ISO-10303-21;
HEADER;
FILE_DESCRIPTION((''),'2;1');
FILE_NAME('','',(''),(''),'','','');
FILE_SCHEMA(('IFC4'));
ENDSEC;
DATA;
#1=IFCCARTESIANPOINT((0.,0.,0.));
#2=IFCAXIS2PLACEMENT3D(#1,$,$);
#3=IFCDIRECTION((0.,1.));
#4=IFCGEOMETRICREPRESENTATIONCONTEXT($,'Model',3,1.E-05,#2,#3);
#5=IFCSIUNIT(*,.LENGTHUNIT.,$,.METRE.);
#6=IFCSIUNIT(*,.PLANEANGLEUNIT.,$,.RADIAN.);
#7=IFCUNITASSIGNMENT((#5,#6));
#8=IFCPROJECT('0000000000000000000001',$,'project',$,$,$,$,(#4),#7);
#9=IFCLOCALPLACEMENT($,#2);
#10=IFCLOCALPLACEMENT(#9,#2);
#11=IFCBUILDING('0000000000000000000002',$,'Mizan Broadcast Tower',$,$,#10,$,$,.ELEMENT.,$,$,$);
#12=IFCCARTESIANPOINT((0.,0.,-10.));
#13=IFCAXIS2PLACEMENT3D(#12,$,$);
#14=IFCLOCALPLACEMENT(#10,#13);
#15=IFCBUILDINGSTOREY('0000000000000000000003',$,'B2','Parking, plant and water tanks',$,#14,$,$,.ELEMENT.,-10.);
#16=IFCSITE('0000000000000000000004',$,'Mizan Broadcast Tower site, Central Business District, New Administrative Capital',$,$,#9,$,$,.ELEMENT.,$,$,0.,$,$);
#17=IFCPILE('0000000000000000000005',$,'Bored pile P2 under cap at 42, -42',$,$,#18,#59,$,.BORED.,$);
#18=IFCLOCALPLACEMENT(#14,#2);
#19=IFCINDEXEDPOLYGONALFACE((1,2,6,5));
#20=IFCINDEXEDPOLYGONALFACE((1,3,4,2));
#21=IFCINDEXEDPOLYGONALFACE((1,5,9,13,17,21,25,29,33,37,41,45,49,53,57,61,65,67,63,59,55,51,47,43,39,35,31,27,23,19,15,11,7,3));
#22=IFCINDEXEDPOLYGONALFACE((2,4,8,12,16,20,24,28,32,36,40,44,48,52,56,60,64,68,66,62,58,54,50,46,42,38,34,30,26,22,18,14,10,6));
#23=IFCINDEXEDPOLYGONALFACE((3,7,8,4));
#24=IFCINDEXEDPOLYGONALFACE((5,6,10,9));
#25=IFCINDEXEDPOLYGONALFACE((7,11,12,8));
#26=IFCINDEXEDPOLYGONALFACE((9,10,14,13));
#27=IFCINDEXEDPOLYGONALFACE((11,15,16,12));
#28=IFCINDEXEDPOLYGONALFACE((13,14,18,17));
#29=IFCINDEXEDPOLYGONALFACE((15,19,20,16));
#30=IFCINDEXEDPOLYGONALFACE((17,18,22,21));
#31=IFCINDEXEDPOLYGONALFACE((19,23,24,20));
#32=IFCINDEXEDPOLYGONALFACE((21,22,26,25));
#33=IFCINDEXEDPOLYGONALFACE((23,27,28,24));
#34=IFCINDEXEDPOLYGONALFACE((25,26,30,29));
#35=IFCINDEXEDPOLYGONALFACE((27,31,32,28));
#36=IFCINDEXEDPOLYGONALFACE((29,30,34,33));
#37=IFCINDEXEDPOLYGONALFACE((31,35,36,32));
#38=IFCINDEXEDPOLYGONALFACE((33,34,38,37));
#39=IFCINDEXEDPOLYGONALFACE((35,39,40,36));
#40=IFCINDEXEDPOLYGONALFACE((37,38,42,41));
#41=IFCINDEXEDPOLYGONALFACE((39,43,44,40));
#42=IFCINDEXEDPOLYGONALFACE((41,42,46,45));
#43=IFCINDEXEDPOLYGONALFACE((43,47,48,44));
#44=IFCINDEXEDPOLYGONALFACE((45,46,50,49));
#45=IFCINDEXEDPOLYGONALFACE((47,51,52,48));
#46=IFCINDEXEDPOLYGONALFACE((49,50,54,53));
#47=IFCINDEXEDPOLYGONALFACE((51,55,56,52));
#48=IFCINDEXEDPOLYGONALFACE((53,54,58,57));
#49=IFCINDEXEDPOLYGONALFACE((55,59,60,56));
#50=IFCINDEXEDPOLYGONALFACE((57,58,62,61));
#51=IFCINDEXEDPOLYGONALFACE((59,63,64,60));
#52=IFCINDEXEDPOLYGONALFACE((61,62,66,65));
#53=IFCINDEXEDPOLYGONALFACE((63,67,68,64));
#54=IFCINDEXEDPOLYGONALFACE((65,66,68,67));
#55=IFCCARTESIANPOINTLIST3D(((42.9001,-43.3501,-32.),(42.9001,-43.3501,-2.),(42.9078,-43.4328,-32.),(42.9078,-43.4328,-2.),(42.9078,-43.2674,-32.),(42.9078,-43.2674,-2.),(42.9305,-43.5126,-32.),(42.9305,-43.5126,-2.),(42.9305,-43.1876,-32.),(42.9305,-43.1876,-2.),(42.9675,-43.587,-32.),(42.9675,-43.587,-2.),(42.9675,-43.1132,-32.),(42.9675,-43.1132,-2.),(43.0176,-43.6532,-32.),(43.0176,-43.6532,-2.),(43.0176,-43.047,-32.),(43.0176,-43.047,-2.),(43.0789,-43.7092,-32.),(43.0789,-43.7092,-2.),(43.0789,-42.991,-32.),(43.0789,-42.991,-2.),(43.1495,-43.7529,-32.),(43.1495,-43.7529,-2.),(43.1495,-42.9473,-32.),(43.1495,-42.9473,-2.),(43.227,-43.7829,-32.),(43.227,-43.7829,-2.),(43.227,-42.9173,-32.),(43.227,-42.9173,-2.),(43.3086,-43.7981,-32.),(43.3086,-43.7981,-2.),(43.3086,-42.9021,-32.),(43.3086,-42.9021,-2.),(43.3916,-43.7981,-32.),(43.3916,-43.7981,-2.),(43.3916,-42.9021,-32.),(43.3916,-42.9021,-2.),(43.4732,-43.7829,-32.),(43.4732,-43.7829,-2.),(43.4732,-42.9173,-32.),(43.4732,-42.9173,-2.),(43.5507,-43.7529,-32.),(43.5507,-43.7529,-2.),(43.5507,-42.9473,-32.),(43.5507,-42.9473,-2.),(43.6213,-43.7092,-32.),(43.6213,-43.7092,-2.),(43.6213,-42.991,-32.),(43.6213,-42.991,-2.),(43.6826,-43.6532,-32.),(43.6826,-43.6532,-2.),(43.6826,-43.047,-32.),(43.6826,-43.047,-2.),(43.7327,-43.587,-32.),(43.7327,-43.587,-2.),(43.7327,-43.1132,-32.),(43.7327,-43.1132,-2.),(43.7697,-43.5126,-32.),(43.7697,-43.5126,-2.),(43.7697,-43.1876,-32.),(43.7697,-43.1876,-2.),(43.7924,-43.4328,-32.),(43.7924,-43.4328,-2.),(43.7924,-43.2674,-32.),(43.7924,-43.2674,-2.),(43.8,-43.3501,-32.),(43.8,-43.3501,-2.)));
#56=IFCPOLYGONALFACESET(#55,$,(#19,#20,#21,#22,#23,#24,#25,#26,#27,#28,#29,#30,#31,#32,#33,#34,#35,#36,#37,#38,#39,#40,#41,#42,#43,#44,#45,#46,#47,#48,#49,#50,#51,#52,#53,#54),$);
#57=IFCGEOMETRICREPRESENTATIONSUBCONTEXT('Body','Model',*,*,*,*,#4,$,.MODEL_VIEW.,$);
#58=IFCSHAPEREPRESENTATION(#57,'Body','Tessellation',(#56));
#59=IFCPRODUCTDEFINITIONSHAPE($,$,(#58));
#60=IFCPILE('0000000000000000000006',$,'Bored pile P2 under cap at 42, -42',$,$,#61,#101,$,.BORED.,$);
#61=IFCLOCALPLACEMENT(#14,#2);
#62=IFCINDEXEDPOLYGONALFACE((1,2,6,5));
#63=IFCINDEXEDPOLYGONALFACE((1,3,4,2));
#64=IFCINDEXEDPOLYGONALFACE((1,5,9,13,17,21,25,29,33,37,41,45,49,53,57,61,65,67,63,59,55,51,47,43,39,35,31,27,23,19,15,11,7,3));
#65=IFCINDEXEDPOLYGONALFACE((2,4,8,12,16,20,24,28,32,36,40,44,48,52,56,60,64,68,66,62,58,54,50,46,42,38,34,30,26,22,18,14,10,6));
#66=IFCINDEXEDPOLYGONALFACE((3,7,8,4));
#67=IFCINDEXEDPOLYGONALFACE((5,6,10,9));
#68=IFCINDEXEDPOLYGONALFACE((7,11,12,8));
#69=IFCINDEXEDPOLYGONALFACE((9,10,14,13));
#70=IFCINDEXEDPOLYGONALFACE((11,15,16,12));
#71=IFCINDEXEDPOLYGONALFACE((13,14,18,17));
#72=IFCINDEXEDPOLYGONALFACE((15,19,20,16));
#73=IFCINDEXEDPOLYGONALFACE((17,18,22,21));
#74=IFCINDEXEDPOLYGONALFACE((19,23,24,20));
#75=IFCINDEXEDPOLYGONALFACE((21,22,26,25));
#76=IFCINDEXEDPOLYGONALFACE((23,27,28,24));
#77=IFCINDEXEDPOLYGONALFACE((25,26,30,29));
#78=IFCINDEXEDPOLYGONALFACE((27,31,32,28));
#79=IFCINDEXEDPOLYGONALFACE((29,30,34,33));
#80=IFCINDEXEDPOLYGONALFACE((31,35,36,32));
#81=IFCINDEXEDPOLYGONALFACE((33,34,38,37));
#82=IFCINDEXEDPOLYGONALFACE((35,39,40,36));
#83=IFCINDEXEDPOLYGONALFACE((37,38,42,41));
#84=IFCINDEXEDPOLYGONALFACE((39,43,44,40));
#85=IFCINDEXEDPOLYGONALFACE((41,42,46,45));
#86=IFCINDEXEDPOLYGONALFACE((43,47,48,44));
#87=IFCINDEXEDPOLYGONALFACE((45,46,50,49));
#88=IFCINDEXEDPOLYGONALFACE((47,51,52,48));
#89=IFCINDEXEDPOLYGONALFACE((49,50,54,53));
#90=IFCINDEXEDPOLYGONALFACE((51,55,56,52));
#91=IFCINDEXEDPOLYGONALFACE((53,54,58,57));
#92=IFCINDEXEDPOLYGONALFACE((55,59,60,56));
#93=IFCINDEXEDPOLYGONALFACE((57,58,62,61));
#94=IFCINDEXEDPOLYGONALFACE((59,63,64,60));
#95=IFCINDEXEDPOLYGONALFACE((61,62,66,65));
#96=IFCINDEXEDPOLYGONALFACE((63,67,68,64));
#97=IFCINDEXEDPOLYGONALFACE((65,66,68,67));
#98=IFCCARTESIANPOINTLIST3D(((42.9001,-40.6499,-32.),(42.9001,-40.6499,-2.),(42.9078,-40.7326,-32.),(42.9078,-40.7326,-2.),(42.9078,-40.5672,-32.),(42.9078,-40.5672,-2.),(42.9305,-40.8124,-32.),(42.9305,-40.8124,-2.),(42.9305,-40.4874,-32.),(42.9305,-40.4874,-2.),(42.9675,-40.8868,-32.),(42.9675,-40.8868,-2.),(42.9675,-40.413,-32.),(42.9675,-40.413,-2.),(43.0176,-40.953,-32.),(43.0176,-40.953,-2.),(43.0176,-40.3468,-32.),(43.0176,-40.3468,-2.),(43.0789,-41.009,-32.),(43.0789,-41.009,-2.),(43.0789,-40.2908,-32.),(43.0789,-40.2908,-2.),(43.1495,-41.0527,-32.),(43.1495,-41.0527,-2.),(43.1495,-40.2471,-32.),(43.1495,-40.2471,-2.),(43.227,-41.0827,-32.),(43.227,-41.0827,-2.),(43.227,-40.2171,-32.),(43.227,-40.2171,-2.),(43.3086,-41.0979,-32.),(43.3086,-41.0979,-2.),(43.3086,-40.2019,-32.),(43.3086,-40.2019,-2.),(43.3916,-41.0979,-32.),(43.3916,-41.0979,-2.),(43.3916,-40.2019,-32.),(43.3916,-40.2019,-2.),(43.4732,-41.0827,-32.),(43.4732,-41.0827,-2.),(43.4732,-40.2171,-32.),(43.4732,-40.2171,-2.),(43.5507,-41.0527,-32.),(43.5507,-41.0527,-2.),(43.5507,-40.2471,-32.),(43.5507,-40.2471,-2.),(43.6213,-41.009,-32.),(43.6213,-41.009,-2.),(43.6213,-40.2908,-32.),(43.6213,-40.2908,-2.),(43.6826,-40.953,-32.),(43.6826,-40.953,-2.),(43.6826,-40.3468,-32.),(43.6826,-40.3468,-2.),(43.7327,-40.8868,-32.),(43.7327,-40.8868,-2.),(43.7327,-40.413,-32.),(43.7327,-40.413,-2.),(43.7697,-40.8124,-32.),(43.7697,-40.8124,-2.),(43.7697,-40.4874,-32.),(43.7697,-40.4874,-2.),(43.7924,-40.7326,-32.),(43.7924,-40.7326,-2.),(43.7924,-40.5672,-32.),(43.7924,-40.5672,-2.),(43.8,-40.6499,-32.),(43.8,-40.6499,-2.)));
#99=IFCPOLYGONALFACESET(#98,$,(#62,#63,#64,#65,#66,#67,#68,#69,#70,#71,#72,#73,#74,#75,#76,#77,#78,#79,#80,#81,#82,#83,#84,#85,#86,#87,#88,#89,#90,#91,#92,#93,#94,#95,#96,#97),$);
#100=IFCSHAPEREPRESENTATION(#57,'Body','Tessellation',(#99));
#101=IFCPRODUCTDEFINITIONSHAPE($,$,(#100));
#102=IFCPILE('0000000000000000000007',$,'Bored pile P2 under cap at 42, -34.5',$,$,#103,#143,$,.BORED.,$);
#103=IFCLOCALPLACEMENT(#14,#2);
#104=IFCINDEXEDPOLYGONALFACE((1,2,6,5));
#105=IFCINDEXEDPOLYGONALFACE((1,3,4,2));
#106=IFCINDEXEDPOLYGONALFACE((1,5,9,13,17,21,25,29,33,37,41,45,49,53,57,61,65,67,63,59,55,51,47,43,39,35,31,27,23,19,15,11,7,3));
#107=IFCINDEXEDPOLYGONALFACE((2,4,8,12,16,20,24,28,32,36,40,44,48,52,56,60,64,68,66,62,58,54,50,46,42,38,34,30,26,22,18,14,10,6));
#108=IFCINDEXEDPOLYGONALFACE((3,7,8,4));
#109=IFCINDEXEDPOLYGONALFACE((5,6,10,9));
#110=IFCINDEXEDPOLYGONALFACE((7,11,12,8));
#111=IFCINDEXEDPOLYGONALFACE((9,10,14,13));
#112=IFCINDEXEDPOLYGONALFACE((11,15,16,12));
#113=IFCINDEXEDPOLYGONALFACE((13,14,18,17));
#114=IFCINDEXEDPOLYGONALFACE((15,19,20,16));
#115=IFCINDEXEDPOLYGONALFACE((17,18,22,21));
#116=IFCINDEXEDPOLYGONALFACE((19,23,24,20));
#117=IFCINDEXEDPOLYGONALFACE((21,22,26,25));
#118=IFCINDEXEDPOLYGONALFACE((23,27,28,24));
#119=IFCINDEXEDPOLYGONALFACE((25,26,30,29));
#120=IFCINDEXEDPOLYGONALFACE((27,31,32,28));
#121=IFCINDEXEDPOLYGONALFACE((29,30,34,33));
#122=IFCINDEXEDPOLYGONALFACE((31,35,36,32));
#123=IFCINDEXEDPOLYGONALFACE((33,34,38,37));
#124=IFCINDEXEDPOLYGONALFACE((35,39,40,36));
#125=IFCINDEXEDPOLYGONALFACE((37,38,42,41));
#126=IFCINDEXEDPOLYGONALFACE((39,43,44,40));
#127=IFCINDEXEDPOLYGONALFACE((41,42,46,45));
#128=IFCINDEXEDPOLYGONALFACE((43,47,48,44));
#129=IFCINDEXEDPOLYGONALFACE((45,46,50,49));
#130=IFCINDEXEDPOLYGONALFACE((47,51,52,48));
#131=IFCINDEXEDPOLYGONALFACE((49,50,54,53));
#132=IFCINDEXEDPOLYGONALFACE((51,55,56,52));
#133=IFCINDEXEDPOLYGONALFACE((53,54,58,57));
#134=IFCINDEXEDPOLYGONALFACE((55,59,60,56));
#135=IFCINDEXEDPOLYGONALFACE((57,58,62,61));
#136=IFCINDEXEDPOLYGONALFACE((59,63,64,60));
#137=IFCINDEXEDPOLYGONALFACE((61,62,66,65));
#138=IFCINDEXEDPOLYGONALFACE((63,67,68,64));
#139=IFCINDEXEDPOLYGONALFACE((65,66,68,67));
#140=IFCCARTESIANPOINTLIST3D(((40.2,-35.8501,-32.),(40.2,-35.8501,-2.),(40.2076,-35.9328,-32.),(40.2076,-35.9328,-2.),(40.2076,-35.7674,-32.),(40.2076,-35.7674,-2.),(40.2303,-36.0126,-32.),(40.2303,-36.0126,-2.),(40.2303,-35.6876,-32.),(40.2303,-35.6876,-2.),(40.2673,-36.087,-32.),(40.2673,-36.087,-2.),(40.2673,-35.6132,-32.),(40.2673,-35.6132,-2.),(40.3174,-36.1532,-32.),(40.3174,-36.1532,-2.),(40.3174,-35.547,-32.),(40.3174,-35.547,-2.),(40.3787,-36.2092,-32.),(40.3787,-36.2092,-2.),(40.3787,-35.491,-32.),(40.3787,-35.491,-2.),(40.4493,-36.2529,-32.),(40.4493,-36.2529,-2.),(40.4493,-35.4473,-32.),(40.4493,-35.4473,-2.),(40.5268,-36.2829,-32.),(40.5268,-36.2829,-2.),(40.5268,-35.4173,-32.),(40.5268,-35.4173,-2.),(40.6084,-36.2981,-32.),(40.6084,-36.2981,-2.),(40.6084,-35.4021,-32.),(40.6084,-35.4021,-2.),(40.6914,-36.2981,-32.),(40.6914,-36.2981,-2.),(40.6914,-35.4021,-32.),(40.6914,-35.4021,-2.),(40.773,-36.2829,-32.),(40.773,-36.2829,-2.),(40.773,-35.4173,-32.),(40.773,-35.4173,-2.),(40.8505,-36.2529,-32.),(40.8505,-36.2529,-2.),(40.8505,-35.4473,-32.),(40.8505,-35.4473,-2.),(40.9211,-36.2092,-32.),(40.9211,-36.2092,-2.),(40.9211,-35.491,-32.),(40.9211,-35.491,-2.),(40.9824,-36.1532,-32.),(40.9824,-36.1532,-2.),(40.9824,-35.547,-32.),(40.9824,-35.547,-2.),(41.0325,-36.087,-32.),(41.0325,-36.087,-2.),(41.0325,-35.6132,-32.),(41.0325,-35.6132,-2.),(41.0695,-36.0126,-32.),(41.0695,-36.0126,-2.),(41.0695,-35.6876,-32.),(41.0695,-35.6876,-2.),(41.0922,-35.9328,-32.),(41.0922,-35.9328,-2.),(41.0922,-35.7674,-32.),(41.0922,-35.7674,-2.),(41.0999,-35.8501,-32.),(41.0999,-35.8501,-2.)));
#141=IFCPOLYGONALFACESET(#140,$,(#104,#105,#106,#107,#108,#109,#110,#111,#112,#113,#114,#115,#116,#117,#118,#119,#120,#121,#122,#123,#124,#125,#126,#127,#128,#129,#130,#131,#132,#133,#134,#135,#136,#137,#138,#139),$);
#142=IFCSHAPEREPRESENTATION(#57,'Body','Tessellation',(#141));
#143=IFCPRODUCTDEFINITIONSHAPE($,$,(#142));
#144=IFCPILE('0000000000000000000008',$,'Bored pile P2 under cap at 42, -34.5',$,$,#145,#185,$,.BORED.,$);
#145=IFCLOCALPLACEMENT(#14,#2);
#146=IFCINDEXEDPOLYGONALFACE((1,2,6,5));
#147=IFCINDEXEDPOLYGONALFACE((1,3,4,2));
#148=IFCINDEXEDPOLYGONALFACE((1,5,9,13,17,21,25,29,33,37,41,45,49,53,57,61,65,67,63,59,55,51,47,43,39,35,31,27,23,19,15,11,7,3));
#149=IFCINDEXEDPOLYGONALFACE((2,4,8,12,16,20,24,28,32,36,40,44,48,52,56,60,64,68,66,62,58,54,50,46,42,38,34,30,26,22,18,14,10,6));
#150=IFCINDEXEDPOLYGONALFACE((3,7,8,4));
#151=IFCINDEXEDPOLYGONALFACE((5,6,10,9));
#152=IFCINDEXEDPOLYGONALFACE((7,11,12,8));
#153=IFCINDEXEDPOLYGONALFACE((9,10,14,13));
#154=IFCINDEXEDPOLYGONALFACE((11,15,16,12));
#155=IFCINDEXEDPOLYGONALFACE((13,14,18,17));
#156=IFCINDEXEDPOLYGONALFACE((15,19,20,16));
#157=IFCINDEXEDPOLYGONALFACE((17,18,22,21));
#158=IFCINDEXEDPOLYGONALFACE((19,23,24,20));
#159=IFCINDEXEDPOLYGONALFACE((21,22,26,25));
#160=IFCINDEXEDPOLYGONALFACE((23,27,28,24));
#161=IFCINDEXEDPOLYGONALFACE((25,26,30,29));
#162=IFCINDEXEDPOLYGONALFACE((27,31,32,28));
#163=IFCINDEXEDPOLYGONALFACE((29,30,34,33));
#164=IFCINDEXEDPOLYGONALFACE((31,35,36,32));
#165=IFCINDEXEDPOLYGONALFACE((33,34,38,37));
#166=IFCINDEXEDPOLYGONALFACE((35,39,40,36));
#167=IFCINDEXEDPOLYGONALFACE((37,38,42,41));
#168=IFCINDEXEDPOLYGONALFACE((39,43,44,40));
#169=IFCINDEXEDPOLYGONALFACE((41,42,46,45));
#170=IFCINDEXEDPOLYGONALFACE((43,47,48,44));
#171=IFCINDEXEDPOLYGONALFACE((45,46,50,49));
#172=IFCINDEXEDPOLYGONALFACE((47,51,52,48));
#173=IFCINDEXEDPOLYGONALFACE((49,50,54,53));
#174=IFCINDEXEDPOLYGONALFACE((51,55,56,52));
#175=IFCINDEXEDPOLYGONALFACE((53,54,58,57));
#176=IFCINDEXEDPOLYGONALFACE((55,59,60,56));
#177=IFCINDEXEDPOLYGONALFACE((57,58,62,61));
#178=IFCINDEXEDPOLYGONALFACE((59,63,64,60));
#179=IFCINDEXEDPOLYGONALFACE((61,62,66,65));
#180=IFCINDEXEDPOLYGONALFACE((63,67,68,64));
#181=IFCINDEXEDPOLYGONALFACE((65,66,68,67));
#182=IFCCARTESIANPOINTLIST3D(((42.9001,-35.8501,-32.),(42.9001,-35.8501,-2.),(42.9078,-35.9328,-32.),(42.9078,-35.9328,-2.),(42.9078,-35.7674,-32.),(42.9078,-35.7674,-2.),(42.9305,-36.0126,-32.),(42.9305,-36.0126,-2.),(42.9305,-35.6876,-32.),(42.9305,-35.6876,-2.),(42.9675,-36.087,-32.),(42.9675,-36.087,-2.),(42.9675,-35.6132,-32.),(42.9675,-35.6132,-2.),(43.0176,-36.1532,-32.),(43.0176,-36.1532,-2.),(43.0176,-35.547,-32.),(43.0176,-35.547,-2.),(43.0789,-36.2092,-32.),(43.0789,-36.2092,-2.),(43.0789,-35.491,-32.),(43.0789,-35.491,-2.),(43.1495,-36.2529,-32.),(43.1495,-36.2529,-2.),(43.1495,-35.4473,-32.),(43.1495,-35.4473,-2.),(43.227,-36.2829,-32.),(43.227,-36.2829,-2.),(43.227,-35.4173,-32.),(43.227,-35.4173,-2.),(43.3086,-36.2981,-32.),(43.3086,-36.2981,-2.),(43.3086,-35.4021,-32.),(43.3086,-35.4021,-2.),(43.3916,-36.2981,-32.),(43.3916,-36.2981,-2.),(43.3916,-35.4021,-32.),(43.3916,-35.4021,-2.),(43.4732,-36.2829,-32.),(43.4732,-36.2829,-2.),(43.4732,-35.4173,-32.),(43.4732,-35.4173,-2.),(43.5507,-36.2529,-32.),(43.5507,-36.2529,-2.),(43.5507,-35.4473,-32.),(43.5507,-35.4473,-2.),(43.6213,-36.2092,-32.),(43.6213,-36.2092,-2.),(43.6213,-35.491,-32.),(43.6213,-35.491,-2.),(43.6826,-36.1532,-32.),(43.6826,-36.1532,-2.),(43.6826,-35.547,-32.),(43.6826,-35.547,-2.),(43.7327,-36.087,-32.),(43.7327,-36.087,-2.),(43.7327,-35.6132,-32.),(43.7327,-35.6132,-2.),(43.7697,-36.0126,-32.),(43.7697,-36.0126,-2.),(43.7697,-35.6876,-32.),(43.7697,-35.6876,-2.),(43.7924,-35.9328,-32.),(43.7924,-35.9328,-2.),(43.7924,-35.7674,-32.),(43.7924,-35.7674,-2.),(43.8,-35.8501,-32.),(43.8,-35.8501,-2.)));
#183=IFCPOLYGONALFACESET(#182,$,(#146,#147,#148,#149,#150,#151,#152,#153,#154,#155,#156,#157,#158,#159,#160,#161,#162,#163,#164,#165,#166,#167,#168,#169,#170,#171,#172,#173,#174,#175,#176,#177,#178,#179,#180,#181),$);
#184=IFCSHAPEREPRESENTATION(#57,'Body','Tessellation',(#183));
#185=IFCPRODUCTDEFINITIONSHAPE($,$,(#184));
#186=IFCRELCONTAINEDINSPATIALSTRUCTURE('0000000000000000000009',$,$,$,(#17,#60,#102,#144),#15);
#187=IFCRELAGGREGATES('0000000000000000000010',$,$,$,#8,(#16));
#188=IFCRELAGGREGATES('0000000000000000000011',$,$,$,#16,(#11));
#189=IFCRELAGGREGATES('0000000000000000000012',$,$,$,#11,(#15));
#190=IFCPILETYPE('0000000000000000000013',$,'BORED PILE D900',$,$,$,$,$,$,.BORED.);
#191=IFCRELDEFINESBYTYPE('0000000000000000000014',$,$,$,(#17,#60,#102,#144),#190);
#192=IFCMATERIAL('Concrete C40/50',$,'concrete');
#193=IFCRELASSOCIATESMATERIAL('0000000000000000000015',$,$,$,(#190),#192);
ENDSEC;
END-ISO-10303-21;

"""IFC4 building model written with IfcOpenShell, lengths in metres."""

from ifc_helpers import new_model, si_unit, direction, frame, origin, origin_2d, place, context, subcontext, project, spatial, circle, extrude, material, material_profile, profile_set, type_object, element, save


model = new_model("IFC4")

# Units and contexts
model_context = context("Model", 3, precision=1e-05, world=origin(), true_north=direction((0.0, 1.0)))
body_context = subcontext(model_context, "Body", "Model", "MODEL_VIEW")
ifc_project = project(units=[si_unit("LENGTHUNIT", "METRE"), si_unit("PLANEANGLEUNIT", "RADIAN")], contexts=[model_context])

# Site, building, storey
site_placement = place(None, origin())
site = spatial("IfcSite", under=ifc_project, at=site_placement, Name="Mizan Broadcast Tower site, Central Business District, New Administrative Capital", CompositionType="ELEMENT", RefElevation=0.0)
building_placement = place(site_placement, origin())
building = spatial("IfcBuilding", under=site, at=building_placement, Name="Mizan Broadcast Tower", CompositionType="ELEMENT")
storey_placement = place(building_placement, frame((0.0, 0.0, -10.0)))
storey = spatial("IfcBuildingStorey", under=building, at=storey_placement, Name="B2", Description="Parking, plant and water tanks", CompositionType="ELEMENT", Elevation=-10.0)

# Piles
ifc_material_1 = material(Name="Concrete C40/50", Category="concrete")
ifc_material_profile_1 = material_profile(ifc_material_1, circle(Radius=0.45, at=origin_2d()), Name="D900")
ifc_profile_set_1 = profile_set([ifc_material_profile_1], Name="Concrete C40/50")
pile_type = type_object("IfcPileType", Name="BORED PILE D900", PredefinedType="BORED", material=ifc_profile_set_1)
for number, where, z_axis, x_axis, name in (
    (1, (43.3501, -43.3501, -2.0), (0.0, 0.0, -1.0), (1.0, 0.0, 0.0), "Bored pile P2 under cap at 42, -42"),
    (2, (43.3501, -40.6499, -2.0), (0.0, 0.0, -1.0), (1.0, 0.0, 0.0), "Bored pile P2 under cap at 42, -42"),
    (3, (40.6499, -35.8501, -2.0), (0.0, 0.0, -1.0), (1.0, 0.0, 0.0), "Bored pile P2 under cap at 42, -34.5"),
    (4, (43.3501, -35.8501, -2.0), (0.0, 0.0, -1.0), (1.0, 0.0, 0.0), "Bored pile P2 under cap at 42, -34.5"),
):
    element("IfcPile", number, at=place(storey_placement, frame(where, z_axis=z_axis, x_axis=x_axis)), inside=storey, type_object=pile_type, Name=name, PredefinedType="BORED", context=body_context, shape_type="SweptSolid", body=[
        extrude(circle(Radius=0.45, at=origin_2d()), origin(), (0.0, 0.0, 1.0), 30.0),
    ])

save(model, "model.ifc")
